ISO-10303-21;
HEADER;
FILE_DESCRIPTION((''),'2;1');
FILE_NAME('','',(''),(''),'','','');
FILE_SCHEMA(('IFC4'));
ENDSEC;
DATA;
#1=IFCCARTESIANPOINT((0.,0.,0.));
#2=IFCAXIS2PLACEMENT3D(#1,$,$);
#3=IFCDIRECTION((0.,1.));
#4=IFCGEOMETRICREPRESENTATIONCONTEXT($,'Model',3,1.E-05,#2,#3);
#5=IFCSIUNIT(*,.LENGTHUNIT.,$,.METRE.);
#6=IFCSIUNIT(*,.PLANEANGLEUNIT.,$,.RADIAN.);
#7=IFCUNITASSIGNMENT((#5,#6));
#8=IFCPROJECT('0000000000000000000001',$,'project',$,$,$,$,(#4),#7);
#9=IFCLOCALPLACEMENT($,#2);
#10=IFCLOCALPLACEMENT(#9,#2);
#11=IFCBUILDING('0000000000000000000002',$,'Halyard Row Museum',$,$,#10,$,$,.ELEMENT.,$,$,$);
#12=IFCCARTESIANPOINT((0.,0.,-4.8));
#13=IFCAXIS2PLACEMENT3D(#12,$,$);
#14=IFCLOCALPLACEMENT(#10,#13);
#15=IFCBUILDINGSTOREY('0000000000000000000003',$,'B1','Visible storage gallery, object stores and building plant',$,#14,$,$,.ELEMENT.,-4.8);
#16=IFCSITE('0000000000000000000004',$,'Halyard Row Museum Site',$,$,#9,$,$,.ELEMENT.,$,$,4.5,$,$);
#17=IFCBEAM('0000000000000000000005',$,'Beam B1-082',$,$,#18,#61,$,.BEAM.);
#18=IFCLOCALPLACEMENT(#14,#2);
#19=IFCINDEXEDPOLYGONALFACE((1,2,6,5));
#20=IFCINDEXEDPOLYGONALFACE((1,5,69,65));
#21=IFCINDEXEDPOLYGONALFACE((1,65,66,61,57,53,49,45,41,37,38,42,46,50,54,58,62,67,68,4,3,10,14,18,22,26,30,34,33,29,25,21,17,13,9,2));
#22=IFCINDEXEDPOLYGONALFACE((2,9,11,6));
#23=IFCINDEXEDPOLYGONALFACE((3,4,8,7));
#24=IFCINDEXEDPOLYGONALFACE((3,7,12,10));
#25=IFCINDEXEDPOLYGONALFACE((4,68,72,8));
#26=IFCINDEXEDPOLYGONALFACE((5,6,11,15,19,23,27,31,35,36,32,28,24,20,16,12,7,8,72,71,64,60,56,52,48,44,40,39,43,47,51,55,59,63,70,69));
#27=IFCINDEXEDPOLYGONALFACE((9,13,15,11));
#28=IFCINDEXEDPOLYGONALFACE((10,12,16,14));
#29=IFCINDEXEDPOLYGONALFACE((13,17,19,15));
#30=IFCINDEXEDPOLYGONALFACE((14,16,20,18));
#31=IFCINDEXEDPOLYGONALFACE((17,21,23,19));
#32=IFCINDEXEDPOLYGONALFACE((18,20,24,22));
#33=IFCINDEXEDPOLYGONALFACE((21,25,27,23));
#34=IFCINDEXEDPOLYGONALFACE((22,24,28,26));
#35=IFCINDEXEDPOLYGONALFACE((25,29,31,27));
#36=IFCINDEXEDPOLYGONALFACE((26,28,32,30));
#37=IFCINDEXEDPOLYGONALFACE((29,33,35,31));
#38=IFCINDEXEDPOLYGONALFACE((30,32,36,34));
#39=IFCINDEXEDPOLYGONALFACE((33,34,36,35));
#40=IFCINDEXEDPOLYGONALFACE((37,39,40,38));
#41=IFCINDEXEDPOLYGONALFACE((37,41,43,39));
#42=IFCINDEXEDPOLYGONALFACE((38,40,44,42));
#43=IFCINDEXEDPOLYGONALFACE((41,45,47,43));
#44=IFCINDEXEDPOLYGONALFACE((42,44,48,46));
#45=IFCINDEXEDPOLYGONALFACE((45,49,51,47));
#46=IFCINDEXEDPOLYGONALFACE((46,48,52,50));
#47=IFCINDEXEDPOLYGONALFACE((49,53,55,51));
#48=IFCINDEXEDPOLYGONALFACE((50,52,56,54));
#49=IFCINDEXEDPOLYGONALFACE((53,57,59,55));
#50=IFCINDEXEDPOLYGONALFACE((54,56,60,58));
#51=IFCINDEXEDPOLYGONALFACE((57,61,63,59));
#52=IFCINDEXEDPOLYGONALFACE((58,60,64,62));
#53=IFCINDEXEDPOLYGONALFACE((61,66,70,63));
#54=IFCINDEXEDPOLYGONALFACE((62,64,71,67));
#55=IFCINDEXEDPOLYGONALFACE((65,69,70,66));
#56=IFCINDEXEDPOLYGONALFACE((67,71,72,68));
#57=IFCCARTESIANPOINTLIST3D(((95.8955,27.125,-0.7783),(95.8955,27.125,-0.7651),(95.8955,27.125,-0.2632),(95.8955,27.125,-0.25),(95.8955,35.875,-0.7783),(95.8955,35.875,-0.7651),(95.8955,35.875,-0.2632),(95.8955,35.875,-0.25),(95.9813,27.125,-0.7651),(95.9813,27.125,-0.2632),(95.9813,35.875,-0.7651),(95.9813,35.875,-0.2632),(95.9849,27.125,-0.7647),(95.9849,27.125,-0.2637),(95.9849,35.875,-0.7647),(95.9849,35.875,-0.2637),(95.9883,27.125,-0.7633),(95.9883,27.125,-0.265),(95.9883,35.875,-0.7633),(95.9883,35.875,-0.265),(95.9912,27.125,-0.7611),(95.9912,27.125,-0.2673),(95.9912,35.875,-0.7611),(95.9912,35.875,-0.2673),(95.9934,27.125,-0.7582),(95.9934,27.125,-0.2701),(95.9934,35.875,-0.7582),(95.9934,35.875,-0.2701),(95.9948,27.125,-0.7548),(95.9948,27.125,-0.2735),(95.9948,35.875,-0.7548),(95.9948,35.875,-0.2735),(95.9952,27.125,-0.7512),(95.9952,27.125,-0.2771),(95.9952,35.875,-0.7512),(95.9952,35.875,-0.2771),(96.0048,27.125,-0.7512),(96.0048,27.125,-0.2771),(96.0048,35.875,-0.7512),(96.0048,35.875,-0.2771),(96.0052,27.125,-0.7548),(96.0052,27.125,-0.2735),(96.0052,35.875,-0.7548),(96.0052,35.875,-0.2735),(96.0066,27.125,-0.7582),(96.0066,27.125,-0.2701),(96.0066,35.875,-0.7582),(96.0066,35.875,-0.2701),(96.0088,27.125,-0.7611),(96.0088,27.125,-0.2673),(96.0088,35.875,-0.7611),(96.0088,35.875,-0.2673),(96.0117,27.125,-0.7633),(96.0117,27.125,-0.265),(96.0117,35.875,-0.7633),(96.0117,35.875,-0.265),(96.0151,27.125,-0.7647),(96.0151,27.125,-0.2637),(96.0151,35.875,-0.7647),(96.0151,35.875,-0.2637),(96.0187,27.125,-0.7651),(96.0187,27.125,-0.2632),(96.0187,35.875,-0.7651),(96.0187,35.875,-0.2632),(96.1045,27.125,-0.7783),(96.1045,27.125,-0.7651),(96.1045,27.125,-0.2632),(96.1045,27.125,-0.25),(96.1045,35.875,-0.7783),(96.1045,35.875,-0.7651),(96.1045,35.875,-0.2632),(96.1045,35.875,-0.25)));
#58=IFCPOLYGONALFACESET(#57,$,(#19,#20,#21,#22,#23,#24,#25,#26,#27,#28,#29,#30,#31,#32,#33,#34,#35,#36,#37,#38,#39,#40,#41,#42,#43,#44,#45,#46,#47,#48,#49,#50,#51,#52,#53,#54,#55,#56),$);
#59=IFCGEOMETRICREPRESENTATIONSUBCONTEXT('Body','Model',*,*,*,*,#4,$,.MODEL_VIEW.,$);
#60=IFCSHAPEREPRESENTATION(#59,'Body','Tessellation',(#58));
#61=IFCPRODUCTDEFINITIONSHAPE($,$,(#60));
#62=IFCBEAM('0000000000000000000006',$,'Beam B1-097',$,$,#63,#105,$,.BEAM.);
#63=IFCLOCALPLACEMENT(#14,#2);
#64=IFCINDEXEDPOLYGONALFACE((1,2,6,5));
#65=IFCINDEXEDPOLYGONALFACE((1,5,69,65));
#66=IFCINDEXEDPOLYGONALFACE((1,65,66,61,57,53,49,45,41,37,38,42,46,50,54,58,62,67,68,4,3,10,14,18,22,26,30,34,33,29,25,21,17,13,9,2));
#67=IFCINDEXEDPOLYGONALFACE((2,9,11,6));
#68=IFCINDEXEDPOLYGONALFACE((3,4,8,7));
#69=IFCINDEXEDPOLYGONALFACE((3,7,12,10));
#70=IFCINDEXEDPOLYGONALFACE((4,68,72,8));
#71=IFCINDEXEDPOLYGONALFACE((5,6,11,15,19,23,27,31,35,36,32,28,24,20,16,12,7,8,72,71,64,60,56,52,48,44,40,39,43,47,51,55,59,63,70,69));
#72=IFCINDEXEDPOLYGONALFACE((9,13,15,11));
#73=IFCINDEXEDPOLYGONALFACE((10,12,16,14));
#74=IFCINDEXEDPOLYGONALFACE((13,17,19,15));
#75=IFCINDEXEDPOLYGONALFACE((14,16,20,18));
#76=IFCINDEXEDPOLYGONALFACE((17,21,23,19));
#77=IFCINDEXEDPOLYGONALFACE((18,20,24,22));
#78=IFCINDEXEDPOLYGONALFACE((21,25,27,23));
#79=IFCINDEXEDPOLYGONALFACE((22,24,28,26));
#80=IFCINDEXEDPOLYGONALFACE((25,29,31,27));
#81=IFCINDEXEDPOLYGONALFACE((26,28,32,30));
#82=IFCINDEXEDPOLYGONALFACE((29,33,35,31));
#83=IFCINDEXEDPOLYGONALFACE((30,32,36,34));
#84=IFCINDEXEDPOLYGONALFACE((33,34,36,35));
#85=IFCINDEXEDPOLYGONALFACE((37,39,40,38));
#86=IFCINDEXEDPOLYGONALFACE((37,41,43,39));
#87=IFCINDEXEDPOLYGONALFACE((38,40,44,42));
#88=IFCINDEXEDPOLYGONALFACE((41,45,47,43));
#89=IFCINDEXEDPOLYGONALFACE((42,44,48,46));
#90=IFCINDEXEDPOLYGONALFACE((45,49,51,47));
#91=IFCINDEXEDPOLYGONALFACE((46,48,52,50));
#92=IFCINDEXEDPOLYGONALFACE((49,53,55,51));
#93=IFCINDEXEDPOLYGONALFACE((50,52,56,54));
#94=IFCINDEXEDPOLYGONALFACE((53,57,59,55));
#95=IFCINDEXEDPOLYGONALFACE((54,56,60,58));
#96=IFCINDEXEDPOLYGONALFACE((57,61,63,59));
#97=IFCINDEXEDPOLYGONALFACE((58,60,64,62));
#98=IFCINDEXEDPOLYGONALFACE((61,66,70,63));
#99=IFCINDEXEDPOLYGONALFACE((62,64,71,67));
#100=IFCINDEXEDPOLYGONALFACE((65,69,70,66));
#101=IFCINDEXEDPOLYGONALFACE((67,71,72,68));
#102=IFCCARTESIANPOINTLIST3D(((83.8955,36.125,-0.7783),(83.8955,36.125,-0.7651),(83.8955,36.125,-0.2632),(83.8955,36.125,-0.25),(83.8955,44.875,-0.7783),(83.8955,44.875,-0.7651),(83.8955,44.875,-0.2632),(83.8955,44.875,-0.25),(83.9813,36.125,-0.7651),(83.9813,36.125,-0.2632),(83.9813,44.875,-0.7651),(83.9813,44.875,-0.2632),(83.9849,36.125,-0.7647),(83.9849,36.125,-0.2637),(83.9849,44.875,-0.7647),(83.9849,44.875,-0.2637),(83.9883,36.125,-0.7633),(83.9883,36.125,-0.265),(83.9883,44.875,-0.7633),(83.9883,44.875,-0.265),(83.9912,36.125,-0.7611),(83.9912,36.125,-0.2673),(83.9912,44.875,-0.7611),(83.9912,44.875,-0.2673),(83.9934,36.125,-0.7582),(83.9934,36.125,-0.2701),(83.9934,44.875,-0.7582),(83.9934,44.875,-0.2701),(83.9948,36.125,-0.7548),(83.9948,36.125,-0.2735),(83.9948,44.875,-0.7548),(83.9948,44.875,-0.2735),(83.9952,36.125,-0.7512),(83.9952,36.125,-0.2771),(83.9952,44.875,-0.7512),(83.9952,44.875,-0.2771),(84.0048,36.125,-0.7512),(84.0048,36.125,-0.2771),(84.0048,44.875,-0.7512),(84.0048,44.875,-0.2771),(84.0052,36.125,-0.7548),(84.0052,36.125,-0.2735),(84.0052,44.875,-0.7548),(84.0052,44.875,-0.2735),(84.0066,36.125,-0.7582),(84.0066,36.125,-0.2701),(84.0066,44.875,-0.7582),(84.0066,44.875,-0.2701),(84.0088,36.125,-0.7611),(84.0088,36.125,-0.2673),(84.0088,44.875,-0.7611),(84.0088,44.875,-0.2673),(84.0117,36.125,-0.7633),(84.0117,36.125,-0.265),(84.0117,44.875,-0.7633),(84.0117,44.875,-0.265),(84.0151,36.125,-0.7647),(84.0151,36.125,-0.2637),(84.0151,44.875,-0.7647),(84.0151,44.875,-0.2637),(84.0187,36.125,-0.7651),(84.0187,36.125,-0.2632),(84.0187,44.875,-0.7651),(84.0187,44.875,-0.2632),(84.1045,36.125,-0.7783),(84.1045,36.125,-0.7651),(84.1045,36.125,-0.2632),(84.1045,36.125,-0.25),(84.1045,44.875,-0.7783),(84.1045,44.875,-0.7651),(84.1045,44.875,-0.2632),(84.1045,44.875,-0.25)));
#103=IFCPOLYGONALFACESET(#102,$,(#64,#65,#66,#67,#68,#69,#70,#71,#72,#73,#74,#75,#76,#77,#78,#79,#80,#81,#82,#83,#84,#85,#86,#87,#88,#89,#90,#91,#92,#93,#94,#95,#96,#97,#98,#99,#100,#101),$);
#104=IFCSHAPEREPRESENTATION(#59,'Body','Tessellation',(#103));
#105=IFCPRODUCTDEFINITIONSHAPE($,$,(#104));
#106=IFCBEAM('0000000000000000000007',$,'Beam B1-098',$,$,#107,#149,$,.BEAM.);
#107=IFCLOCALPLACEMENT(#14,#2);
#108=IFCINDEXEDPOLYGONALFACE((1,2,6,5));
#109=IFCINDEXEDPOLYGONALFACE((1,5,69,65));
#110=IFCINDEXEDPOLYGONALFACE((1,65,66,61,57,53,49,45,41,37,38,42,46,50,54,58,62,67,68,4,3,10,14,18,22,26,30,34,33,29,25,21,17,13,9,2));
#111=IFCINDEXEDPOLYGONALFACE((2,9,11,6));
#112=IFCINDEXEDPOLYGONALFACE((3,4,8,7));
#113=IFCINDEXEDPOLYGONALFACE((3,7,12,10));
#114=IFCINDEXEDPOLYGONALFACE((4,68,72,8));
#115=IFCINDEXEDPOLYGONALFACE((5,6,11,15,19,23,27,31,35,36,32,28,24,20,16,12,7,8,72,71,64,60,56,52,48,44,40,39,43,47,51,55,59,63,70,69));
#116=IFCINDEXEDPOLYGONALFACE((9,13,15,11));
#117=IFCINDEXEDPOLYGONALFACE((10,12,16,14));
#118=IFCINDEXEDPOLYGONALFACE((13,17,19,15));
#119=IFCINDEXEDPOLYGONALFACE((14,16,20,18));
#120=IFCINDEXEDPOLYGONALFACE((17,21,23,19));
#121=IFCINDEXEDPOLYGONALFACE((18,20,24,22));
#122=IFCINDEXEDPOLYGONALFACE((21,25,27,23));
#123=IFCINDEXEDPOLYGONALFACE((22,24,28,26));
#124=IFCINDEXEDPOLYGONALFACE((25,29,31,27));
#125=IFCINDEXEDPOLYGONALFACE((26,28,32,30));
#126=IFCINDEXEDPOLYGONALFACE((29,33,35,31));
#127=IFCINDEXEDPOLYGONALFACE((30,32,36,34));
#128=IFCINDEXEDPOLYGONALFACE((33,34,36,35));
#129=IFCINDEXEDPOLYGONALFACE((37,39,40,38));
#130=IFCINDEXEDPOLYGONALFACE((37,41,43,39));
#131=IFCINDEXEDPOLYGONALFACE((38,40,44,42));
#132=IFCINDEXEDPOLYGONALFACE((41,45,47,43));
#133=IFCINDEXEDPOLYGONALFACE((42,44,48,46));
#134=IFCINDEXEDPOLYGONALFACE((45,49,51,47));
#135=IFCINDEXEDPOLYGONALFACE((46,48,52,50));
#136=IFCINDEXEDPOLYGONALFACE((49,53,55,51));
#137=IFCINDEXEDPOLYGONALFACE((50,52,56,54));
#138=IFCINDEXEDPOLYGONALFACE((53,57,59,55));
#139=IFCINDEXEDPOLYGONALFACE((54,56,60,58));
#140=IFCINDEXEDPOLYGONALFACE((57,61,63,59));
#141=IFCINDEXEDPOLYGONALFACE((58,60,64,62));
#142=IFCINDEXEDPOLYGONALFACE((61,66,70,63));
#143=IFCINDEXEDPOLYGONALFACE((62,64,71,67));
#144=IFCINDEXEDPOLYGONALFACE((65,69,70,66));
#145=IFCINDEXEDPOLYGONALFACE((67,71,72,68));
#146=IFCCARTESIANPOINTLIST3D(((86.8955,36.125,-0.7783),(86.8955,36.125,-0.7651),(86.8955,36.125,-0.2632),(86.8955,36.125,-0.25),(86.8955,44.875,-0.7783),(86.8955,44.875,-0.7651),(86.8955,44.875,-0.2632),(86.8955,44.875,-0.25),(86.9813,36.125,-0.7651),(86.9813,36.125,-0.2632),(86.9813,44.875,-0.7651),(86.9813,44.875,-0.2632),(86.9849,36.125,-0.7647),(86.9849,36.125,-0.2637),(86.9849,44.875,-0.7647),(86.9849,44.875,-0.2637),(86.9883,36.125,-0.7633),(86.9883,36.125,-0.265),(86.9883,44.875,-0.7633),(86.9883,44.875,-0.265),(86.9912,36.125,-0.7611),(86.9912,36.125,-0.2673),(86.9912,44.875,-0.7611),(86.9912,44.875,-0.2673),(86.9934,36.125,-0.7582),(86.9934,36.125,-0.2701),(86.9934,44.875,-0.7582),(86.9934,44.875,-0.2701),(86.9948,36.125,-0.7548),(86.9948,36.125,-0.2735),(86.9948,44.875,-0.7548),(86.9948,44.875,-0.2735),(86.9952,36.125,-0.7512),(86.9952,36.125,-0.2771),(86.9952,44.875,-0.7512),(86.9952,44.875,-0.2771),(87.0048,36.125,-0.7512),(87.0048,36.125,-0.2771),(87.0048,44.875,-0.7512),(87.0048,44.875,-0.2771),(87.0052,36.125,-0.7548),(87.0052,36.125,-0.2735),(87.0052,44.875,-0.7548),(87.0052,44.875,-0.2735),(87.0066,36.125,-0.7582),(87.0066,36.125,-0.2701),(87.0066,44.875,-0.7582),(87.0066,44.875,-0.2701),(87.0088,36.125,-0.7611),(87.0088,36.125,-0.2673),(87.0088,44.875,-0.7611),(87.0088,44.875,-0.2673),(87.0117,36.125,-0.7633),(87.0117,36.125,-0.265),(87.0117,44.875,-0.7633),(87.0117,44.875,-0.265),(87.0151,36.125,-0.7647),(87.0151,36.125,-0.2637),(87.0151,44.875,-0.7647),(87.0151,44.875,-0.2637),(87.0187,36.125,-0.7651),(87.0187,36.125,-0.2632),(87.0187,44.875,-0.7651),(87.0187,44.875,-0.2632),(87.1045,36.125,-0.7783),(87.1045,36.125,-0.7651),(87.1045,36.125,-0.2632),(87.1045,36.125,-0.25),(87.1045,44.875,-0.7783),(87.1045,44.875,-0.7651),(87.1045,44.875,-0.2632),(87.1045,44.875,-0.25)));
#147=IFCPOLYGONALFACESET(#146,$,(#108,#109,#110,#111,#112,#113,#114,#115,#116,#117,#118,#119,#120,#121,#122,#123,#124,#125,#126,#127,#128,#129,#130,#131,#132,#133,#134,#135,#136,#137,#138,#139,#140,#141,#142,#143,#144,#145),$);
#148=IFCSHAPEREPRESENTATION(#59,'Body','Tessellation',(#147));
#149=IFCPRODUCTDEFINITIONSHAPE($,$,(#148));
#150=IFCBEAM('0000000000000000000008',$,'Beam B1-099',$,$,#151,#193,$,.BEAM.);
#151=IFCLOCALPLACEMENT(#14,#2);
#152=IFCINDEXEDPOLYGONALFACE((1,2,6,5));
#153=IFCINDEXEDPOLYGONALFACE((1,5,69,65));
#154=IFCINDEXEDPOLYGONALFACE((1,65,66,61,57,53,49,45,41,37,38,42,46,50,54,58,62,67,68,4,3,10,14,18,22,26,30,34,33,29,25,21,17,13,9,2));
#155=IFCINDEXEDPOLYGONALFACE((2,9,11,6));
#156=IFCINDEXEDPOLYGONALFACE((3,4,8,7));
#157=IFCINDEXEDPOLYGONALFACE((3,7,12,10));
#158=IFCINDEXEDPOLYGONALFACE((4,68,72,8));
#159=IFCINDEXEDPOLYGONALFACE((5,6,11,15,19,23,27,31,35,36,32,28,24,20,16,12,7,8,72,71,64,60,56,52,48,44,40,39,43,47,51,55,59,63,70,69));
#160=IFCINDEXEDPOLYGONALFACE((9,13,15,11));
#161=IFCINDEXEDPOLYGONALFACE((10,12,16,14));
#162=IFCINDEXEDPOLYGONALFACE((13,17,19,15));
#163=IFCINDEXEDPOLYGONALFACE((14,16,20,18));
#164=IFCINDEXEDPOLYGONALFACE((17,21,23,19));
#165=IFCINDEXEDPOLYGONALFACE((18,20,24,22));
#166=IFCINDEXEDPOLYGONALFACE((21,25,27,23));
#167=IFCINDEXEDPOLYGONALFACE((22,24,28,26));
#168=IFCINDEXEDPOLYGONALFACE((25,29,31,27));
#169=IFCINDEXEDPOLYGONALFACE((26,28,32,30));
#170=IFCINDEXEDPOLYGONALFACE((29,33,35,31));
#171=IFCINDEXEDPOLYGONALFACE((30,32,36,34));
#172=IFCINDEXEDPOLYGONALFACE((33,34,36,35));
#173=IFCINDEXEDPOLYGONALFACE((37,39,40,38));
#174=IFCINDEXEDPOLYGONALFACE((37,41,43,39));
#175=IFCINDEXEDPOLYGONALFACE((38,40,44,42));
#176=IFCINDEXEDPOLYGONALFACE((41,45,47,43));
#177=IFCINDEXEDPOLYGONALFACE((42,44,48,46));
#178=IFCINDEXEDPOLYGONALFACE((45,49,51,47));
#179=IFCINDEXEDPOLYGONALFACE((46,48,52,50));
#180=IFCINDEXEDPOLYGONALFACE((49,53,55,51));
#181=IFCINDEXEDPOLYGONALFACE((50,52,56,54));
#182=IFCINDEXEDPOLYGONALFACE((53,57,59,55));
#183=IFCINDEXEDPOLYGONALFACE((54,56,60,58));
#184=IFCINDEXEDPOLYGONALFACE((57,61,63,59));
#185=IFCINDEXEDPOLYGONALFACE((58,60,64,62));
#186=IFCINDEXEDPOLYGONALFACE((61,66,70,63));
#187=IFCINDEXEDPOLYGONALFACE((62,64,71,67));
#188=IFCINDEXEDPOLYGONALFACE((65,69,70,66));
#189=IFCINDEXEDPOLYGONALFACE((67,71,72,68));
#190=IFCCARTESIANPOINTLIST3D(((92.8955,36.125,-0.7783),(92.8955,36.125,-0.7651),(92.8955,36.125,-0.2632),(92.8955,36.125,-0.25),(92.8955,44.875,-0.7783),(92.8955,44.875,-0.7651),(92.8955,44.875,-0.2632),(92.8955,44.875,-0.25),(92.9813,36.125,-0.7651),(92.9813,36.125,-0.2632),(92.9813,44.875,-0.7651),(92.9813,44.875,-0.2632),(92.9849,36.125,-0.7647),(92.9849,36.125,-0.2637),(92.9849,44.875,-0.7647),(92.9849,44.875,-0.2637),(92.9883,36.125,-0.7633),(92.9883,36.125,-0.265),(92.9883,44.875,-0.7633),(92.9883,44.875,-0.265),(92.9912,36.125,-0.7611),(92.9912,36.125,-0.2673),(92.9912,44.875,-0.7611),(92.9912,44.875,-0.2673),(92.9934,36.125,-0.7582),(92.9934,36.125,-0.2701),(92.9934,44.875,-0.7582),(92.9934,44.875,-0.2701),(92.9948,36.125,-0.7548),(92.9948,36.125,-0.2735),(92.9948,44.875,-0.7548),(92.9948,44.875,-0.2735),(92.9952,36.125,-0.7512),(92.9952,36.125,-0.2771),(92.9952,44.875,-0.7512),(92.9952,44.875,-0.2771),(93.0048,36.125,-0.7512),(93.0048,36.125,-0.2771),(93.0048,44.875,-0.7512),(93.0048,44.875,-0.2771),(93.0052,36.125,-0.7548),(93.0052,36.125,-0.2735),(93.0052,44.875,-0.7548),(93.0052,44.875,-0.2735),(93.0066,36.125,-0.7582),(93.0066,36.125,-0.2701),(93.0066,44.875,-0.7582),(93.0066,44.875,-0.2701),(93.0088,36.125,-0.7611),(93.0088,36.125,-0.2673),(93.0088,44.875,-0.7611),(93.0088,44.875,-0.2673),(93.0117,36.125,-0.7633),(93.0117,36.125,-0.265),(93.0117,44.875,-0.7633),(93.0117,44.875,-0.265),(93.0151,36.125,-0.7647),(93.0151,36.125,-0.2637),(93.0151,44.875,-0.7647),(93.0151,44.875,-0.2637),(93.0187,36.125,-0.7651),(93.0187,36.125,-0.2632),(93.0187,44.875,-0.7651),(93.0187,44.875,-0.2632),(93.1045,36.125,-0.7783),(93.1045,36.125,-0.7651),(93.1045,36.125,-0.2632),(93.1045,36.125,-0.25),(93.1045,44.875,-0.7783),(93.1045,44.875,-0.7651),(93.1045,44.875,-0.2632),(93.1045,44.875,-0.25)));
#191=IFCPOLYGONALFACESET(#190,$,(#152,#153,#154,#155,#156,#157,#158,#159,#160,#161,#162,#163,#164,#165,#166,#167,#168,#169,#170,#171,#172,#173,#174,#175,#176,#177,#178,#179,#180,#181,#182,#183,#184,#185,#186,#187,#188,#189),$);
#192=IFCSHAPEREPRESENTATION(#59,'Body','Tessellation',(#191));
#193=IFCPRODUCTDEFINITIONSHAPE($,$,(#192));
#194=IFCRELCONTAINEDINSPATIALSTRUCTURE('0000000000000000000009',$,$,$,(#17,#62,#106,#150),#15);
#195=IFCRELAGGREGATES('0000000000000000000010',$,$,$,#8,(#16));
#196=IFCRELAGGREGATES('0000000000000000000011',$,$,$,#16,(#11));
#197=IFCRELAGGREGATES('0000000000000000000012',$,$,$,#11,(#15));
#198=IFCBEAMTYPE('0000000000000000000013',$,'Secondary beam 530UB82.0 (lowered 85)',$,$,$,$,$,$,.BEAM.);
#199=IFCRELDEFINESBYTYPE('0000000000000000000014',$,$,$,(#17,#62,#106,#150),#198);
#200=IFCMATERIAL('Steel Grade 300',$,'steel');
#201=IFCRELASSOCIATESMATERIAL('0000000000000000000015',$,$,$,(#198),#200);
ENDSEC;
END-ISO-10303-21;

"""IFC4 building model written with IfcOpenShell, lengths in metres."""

from ifc_helpers import new_model, si_unit, direction, frame, origin, origin_2d, place, context, subcontext, project, spatial, i_section, extrude, material, material_profile, profile_set, type_object, element, save


model = new_model("IFC4")

# Units and contexts
model_context = context("Model", 3, precision=1e-05, world=origin(), true_north=direction((0.0, 1.0)))
body_context = subcontext(model_context, "Body", "Model", "MODEL_VIEW")
ifc_project = project(units=[si_unit("LENGTHUNIT", "METRE"), si_unit("PLANEANGLEUNIT", "RADIAN")], contexts=[model_context])

# Site, building, storey
site_placement = place(None, origin())
site = spatial("IfcSite", under=ifc_project, at=site_placement, Name="Halyard Row Museum Site", CompositionType="ELEMENT", RefElevation=4.5)
building_placement = place(site_placement, origin())
building = spatial("IfcBuilding", under=site, at=building_placement, Name="Halyard Row Museum", CompositionType="ELEMENT")
storey_placement = place(building_placement, frame((0.0, 0.0, -4.8)))
storey = spatial("IfcBuildingStorey", under=building, at=storey_placement, Name="B1", Description="Visible storage gallery, object stores and building plant", CompositionType="ELEMENT", Elevation=-4.8)

# Beams
ifc_material_1 = material(Name="Steel Grade 300", Category="steel")
ifc_material_profile_1 = material_profile(ifc_material_1, i_section(OverallWidth=0.209, OverallDepth=0.5283, WebThickness=0.0095, FlangeThickness=0.0132, FilletRadius=0.0139, at=origin_2d()), Name="530UB82.0")
ifc_profile_set_1 = profile_set([ifc_material_profile_1], Name="Steel Grade 300")
beam_type_1 = type_object("IfcBeamType", Name="Secondary beam 530UB82.0 (lowered 85)", PredefinedType="BEAM", material=ifc_profile_set_1)
for number, where, z_axis, x_axis, name in (
    (1, (96.0, 27.125, -0.5142), (0.0, 1.0, 0.0), (-1.0, 0.0, 0.0), "Beam B1-082"),
    (2, (84.0, 36.125, -0.5142), (0.0, 1.0, 0.0), (-1.0, 0.0, 0.0), "Beam B1-097"),
    (3, (87.0, 36.125, -0.5142), (0.0, 1.0, 0.0), (-1.0, 0.0, 0.0), "Beam B1-098"),
    (4, (93.0, 36.125, -0.5142), (0.0, 1.0, 0.0), (-1.0, 0.0, 0.0), "Beam B1-099"),
):
    element("IfcBeam", number, at=place(storey_placement, frame(where, z_axis=z_axis, x_axis=x_axis)), inside=storey, type_object=beam_type_1, Name=name, PredefinedType="BEAM", context=body_context, shape_type="SweptSolid", body=[
        extrude(i_section(OverallWidth=0.209, OverallDepth=0.5283, WebThickness=0.0095, FlangeThickness=0.0132, FilletRadius=0.0139, at=origin_2d()), origin(), (0.0, 0.0, 1.0), 8.75),
    ])

save(model, "model.ifc")
